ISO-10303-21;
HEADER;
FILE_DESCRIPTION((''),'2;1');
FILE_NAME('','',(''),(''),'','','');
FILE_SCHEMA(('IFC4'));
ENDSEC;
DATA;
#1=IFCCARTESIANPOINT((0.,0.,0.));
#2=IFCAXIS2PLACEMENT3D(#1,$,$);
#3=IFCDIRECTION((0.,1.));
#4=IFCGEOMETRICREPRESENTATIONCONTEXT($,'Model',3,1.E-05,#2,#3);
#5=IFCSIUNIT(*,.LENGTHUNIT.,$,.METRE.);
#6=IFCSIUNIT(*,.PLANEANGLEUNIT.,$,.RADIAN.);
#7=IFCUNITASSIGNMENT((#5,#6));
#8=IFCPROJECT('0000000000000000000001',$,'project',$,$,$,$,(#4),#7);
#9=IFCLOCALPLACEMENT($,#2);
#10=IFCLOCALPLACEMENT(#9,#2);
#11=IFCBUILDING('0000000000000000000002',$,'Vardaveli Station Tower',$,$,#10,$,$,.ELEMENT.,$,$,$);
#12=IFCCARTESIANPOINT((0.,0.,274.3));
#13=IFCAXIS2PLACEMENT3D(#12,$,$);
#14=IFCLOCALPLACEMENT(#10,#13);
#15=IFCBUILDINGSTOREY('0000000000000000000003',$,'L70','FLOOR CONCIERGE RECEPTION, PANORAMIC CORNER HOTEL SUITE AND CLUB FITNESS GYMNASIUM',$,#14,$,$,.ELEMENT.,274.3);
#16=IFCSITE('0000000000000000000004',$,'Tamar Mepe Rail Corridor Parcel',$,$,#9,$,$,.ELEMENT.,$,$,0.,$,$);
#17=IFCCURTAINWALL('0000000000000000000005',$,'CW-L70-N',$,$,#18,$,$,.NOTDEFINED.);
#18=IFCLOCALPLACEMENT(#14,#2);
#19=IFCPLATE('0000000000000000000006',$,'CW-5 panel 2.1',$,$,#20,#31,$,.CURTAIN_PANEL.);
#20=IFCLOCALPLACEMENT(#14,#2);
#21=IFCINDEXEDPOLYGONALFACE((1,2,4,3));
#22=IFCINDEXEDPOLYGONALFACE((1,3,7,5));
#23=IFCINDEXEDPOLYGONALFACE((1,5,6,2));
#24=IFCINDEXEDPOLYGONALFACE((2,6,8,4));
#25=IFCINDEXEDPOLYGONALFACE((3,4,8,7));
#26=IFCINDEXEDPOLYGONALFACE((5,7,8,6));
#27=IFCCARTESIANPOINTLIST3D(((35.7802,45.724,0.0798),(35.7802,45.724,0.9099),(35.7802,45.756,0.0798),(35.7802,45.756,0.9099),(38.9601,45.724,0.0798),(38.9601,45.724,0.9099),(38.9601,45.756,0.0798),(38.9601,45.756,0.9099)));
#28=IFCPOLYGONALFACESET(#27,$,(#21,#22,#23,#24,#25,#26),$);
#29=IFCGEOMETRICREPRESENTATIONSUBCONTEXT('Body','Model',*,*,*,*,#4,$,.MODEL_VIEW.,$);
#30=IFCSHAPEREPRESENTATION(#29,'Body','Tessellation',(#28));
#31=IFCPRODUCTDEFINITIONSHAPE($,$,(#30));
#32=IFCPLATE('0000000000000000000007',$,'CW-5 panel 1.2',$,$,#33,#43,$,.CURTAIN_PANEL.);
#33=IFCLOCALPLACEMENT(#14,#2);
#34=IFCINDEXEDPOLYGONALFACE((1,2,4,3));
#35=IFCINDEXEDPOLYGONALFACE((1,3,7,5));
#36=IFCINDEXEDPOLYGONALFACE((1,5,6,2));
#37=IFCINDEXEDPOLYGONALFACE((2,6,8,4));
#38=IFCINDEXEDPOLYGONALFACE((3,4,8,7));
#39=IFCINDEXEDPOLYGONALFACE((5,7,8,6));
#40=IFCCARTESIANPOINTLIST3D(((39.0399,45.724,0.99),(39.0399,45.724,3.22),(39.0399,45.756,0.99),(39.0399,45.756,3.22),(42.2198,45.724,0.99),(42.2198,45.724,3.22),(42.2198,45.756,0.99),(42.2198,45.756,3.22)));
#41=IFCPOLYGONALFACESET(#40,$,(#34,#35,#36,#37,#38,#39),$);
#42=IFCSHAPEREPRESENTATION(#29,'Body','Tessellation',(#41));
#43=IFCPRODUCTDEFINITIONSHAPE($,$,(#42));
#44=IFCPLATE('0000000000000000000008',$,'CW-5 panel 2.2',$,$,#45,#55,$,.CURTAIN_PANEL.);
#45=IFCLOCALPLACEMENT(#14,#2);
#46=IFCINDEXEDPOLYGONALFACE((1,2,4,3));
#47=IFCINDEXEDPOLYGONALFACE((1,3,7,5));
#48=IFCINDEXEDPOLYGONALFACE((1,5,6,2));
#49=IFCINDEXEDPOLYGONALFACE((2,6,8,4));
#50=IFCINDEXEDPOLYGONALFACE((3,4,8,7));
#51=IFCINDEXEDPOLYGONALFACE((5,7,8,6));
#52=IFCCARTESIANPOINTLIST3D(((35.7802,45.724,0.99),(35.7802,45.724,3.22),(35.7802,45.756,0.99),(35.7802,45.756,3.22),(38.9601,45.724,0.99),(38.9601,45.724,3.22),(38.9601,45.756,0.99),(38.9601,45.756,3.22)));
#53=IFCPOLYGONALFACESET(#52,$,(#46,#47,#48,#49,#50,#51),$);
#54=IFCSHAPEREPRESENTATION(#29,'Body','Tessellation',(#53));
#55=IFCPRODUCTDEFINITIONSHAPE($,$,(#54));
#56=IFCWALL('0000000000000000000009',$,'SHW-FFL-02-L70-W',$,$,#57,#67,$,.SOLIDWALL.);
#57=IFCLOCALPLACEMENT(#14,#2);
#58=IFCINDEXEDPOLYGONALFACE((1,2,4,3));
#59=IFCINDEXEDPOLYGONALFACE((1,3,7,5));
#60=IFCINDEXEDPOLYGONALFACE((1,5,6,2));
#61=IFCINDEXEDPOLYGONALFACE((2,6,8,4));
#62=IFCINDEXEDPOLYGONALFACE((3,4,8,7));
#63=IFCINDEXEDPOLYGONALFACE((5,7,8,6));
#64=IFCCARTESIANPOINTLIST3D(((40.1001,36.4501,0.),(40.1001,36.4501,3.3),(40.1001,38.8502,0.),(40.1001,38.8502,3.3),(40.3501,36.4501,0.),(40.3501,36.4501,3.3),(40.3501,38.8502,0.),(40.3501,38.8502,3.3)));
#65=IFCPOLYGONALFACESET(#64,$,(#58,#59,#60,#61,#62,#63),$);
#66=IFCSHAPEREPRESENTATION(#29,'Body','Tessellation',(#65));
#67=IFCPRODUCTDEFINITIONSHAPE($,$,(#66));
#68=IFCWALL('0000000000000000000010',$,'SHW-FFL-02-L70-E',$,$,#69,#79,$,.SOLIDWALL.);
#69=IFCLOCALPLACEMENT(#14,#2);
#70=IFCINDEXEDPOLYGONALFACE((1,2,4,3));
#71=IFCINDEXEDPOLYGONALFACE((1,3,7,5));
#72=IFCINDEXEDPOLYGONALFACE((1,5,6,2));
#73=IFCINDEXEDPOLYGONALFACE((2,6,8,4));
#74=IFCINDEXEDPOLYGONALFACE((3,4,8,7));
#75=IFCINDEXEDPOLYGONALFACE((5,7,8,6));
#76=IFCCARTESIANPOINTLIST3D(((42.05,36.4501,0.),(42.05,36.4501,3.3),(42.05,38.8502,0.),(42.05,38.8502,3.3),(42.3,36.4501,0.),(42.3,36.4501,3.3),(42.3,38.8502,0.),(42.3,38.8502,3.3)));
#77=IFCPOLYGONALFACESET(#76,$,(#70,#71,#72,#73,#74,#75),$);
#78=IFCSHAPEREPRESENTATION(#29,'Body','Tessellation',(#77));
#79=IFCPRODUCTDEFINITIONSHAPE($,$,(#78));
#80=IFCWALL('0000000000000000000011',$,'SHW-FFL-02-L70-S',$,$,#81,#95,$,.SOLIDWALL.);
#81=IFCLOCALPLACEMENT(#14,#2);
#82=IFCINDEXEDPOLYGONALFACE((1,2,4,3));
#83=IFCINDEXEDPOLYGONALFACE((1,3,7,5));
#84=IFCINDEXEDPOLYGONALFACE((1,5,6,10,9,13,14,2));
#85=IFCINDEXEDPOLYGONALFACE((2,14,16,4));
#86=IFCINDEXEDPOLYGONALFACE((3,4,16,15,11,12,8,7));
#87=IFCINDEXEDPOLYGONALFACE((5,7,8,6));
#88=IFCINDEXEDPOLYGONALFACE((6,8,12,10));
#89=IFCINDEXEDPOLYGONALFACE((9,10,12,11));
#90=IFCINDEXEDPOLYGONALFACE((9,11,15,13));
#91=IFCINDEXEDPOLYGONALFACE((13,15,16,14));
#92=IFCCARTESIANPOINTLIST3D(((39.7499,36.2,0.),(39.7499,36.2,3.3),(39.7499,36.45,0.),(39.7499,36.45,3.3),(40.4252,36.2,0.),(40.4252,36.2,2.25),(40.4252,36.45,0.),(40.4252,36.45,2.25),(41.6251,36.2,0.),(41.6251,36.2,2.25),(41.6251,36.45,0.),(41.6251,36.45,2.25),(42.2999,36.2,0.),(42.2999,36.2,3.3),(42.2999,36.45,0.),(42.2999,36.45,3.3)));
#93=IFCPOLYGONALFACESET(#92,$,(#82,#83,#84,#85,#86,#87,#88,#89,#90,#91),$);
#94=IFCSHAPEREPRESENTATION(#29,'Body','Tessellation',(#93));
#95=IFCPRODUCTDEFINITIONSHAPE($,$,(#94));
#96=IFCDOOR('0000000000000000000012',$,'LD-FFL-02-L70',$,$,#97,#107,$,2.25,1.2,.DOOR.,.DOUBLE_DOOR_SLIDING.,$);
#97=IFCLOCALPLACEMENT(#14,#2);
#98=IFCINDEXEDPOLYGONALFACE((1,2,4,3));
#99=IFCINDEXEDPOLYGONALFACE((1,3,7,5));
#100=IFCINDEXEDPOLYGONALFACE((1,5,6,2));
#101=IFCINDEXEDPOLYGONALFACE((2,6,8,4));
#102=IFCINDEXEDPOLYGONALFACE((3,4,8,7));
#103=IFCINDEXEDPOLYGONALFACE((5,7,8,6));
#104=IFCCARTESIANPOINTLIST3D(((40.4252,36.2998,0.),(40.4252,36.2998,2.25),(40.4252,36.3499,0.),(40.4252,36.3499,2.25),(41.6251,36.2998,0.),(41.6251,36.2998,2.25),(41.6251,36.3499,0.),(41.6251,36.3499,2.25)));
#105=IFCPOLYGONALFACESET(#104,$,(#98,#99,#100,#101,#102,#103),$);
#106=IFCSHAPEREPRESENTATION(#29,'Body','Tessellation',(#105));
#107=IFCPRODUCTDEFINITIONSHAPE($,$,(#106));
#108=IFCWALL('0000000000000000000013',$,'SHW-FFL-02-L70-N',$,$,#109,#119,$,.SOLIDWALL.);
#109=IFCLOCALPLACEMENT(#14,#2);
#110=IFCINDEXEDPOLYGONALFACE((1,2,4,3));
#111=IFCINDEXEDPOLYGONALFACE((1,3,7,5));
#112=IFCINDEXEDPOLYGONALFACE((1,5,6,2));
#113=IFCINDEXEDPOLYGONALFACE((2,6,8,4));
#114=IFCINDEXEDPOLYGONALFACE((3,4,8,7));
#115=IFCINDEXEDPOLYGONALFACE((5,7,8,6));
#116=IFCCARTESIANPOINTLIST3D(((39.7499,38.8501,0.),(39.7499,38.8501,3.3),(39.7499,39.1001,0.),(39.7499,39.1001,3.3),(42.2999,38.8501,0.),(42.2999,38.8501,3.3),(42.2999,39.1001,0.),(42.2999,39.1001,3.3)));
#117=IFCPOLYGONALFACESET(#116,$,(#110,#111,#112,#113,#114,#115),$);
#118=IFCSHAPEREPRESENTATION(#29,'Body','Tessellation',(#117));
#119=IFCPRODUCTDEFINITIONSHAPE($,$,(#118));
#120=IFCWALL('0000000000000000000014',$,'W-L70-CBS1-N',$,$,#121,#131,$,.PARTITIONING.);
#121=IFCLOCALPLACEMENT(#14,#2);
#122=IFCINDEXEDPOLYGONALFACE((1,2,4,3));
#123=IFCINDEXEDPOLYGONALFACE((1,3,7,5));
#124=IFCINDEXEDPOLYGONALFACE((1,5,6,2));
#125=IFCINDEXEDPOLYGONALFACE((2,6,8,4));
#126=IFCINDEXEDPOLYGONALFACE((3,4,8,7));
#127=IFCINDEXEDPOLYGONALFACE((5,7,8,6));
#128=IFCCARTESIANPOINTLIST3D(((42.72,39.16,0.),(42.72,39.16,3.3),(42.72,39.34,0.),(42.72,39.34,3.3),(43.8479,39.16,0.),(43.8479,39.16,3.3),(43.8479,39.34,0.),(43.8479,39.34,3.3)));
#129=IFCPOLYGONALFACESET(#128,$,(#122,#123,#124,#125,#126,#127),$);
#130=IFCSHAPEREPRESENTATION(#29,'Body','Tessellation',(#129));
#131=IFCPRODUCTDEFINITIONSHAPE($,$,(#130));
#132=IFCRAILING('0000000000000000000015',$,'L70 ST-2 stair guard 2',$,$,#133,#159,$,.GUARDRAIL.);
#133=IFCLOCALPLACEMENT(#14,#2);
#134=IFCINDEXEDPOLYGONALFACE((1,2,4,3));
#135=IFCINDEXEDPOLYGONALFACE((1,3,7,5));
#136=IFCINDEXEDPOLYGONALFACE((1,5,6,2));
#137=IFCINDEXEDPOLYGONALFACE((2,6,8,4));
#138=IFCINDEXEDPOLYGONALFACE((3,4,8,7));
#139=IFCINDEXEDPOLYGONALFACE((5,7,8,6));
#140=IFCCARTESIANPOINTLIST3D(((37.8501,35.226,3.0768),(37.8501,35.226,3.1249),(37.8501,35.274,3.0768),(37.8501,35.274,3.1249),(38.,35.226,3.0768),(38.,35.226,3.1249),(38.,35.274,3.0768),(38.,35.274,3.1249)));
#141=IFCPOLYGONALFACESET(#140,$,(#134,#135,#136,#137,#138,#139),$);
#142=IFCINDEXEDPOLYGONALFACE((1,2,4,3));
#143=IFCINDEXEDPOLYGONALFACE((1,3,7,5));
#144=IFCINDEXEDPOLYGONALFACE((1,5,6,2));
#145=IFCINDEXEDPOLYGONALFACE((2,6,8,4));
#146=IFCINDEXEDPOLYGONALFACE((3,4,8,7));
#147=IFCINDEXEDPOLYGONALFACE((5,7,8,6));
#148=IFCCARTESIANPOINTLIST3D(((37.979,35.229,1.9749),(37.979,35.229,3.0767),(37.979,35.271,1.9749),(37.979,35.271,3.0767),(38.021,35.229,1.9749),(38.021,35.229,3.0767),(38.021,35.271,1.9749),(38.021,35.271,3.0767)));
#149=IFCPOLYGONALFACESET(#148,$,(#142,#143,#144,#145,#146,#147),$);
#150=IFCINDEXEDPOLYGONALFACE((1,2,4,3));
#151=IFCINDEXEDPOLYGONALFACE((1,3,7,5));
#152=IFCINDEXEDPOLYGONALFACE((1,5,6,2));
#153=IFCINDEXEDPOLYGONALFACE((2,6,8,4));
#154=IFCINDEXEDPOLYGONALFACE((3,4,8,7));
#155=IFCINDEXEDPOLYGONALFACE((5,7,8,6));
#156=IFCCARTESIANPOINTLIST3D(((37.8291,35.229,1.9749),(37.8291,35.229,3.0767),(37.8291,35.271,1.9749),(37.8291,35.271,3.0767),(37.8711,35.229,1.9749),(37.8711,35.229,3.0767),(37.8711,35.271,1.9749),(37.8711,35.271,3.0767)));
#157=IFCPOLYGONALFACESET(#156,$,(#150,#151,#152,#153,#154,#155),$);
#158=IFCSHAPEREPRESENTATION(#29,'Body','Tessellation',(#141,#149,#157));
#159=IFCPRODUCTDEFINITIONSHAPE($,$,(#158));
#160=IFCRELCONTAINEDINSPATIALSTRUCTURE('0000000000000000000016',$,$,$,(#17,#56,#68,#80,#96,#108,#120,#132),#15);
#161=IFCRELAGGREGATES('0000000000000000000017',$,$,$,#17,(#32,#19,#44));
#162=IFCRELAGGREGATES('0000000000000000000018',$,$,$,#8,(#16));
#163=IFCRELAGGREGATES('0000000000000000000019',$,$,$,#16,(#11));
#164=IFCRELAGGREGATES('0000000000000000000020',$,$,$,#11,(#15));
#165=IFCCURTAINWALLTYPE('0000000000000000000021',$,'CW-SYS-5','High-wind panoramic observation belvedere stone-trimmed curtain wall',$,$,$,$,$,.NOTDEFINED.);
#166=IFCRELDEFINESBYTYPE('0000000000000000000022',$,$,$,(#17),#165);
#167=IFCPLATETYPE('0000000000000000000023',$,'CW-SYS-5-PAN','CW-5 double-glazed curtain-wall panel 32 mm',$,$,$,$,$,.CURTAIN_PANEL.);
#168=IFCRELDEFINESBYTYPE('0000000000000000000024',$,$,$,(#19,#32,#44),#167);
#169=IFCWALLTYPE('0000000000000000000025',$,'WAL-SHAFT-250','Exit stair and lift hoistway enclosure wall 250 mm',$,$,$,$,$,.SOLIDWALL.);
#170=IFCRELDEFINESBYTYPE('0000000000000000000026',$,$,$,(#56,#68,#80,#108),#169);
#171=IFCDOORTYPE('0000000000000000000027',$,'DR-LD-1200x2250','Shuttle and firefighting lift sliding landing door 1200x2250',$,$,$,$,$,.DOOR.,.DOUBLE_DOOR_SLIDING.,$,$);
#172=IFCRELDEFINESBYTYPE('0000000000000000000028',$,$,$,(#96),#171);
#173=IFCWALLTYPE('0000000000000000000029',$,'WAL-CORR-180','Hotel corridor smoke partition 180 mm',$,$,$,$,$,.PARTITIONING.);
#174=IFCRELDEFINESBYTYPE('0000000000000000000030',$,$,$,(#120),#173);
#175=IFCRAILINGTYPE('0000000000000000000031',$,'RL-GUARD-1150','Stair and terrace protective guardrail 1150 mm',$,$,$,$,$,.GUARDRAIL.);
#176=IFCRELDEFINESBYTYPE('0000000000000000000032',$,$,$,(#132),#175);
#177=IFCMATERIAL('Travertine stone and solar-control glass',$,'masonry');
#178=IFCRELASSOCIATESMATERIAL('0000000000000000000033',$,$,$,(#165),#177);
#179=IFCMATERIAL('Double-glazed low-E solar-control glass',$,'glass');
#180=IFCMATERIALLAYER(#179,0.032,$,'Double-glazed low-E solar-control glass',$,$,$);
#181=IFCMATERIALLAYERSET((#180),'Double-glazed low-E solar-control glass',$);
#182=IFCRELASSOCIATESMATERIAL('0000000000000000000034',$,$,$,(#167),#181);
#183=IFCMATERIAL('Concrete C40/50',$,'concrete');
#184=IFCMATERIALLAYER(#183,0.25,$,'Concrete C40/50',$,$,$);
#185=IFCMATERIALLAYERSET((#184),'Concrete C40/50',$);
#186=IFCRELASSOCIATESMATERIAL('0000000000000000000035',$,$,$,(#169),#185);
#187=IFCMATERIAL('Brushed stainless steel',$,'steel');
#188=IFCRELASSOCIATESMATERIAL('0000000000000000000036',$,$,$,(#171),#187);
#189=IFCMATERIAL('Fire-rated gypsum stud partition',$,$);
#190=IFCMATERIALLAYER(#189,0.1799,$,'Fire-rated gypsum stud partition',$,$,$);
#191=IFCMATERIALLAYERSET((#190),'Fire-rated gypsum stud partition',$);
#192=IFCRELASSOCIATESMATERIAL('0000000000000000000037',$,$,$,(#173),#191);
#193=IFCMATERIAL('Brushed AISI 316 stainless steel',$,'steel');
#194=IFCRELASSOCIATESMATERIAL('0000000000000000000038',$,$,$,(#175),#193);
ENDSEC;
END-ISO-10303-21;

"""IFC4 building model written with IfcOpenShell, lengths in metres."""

from ifc_helpers import new_model, si_unit, direction, frame, frame_2d, origin, origin_2d, place, context, subcontext, project, spatial, rectangle, extrude, source, transform, mapped, material, layer, layer_set, type_object, element, fill, aggregate, save


model = new_model("IFC4")

# Units and contexts
model_context = context("Model", 3, precision=1e-05, world=origin(), true_north=direction((0.0, 1.0)))
body_context = subcontext(model_context, "Body", "Model", "MODEL_VIEW")
ifc_project = project(units=[si_unit("LENGTHUNIT", "METRE"), si_unit("PLANEANGLEUNIT", "RADIAN")], contexts=[model_context])

# Site, building, storey
site_placement = place(None, origin())
site = spatial("IfcSite", under=ifc_project, at=site_placement, Name="Tamar Mepe Rail Corridor Parcel", CompositionType="ELEMENT", RefElevation=0.0)
building_placement = place(site_placement, origin())
building = spatial("IfcBuilding", under=site, at=building_placement, Name="Vardaveli Station Tower", CompositionType="ELEMENT")
storey_placement = place(building_placement, frame((0.0, 0.0, 274.3)))
storey = spatial("IfcBuildingStorey", under=building, at=storey_placement, Name="L70", Description="FLOOR CONCIERGE RECEPTION, PANORAMIC CORNER HOTEL SUITE AND CLUB FITNESS GYMNASIUM", CompositionType="ELEMENT", Elevation=274.3)

# Curtain wall, plates
ifc_material_1 = material(Name="Travertine stone and solar-control glass", Category="masonry")
curtain_wall_type = type_object("IfcCurtainWallType", Name="CW-SYS-5", Description="High-wind panoramic observation belvedere stone-trimmed curtain wall", PredefinedType="NOTDEFINED", material=ifc_material_1)
curtain_wall_placement = place(storey_placement, origin())
curtain_wall = element("IfcCurtainWall", 1, at=curtain_wall_placement, inside=storey, type_object=curtain_wall_type, Name="CW-L70-N", PredefinedType="NOTDEFINED")
ifc_material_2 = material(Name="Double-glazed low-E solar-control glass", Category="glass")
ifc_layer_1 = layer(ifc_material_2, 0.032, Name="Double-glazed low-E solar-control glass")
ifc_layer_set_1 = layer_set([ifc_layer_1], Name="Double-glazed low-E solar-control glass")
plate_type = type_object("IfcPlateType", Name="CW-SYS-5-PAN", Description="CW-5 double-glazed curtain-wall panel 32 mm", PredefinedType="CURTAIN_PANEL", material=ifc_layer_set_1)
shared_shape_1 = source(origin(), body_context, "Body", "SweptSolid", [
    extrude(rectangle(XDim=3.1799, YDim=0.032, at=origin_2d()), origin(), (0.0, 0.0, 1.0), 0.8301),
])
plate_1_placement = place(storey_placement, frame((37.3701, 45.74, 0.0798), z_axis=(0.0, 0.0, 1.0), x_axis=(-1.0, 0.0, 0.0)))
plate_1 = element("IfcPlate", 2, at=plate_1_placement, type_object=plate_type, Name="CW-5 panel 2.1", PredefinedType="CURTAIN_PANEL", context=body_context, shape_type="MappedRepresentation", body=[
    mapped(shared_shape_1, transform((0.0, 0.0, 0.0), scale=1.0)),
])
shared_shape_2 = source(origin(), body_context, "Body", "SweptSolid", [
    extrude(rectangle(XDim=3.1799, YDim=0.032, at=origin_2d()), origin(), (0.0, 0.0, 1.0), 2.23),
])
plate_2_placement = place(storey_placement, frame((40.6299, 45.74, 0.99), z_axis=(0.0, 0.0, 1.0), x_axis=(-1.0, 0.0, 0.0)))
plate_2 = element("IfcPlate", 3, at=plate_2_placement, type_object=plate_type, Name="CW-5 panel 1.2", PredefinedType="CURTAIN_PANEL", context=body_context, shape_type="MappedRepresentation", body=[
    mapped(shared_shape_2, transform((0.0, 0.0, 0.0), scale=1.0)),
])
plate_3_placement = place(storey_placement, frame((37.3701, 45.74, 0.99), z_axis=(0.0, 0.0, 1.0), x_axis=(-1.0, 0.0, 0.0)))
plate_3 = element("IfcPlate", 4, at=plate_3_placement, type_object=plate_type, Name="CW-5 panel 2.2", PredefinedType="CURTAIN_PANEL", context=body_context, shape_type="MappedRepresentation", body=[
    mapped(shared_shape_2, transform((0.0, 0.0, 0.0), scale=1.0)),
])
aggregate(curtain_wall, [plate_2, plate_1, plate_3])

# Walls
ifc_material_3 = material(Name="Concrete C40/50", Category="concrete")
ifc_layer_2 = layer(ifc_material_3, 0.25, Name="Concrete C40/50")
ifc_layer_set_2 = layer_set([ifc_layer_2], Name="Concrete C40/50")
wall_type_1 = type_object("IfcWallType", Name="WAL-SHAFT-250", Description="Exit stair and lift hoistway enclosure wall 250 mm", PredefinedType="SOLIDWALL", material=ifc_layer_set_2)
shared_shape_3 = source(origin(), body_context, "Body", "SweptSolid", [
    extrude(rectangle(XDim=2.4001, YDim=0.25, at=frame_2d((1.2002, 0.0))), origin(), (0.0, 0.0, 1.0), 3.3),
])
for number, where, z_axis, x_axis, name in (
    (5, (40.2251, 36.45, 0.0), (0.0, 0.0, 1.0), (0.0, 1.0, 0.0), "SHW-FFL-02-L70-W"),
    (6, (42.175, 36.45, 0.0), (0.0, 0.0, 1.0), (0.0, 1.0, 0.0), "SHW-FFL-02-L70-E"),
):
    element("IfcWall", number, at=place(storey_placement, frame(where, z_axis=z_axis, x_axis=x_axis)), inside=storey, type_object=wall_type_1, Name=name, PredefinedType="SOLIDWALL", context=body_context, shape_type="MappedRepresentation", body=[
        mapped(shared_shape_3, transform((0.0, 0.0, 0.0), scale=1.0)),
    ])

# Wall, opening, door
shared_shape_4 = source(origin(), body_context, "Body", "SweptSolid", [
    extrude(rectangle(XDim=2.55, YDim=0.25, at=frame_2d((1.2749, 0.0))), origin(), (0.0, 0.0, 1.0), 3.3),
])
wall_1_placement = place(storey_placement, frame((39.75, 36.325, 0.0), z_axis=(0.0, 0.0, 1.0), x_axis=(1.0, 0.0, 0.0)))
wall_1 = element("IfcWall", 7, at=wall_1_placement, inside=storey, type_object=wall_type_1, Name="SHW-FFL-02-L70-S", PredefinedType="SOLIDWALL", context=body_context, shape_type="MappedRepresentation", body=[
    mapped(shared_shape_4, transform((0.0, 0.0, 0.0), scale=1.0)),
])
shared_shape_5 = source(origin(), body_context, "Body", "SweptSolid", [
    extrude(rectangle(XDim=1.2, YDim=2.25, at=frame_2d((0.6001, 1.125))), frame((0.0, 0.135, 0.0), z_axis=(0.0, -1.0, 0.0), x_axis=(1.0, 0.0, 0.0)), (0.0, 0.0, 1.0), 0.27),
])
opening_placement = place(wall_1_placement, frame((0.675, 0.0, 0.0)))
opening = element("IfcOpeningElement", 8, at=opening_placement, cuts=wall_1, PredefinedType="OPENING", context=body_context, shape_type="MappedRepresentation", body=[
    mapped(shared_shape_5, transform((0.0, 0.0, 0.0), scale=1.0)),
])
ifc_material_4 = material(Name="Brushed stainless steel", Category="steel")
door_type = type_object("IfcDoorType", Name="DR-LD-1200x2250", Description="Shuttle and firefighting lift sliding landing door 1200x2250", OperationType="DOUBLE_DOOR_SLIDING", PredefinedType="DOOR", material=ifc_material_4)
shared_shape_6 = source(origin(), body_context, "Body", "SweptSolid", [
    extrude(rectangle(XDim=1.2, YDim=2.25, at=frame_2d((0.6001, 1.125))), frame((0.0, 0.0249, 0.0), z_axis=(0.0, -1.0, 0.0), x_axis=(1.0, 0.0, 0.0)), (0.0, 0.0, 1.0), 0.05),
])
door_placement = place(opening_placement, origin())
door = element("IfcDoor", 9, at=door_placement, inside=storey, type_object=door_type, Name="LD-FFL-02-L70", OperationType="DOUBLE_DOOR_SLIDING", OverallHeight=2.25, OverallWidth=1.2, PredefinedType="DOOR", context=body_context, shape_type="MappedRepresentation", body=[
    mapped(shared_shape_6, transform((0.0, 0.0, 0.0), scale=1.0)),
])
fill(opening, door)

# Walls
wall_2_placement = place(storey_placement, frame((39.75, 38.9751, 0.0), z_axis=(0.0, 0.0, 1.0), x_axis=(1.0, 0.0, 0.0)))
element("IfcWall", 10, at=wall_2_placement, inside=storey, type_object=wall_type_1, Name="SHW-FFL-02-L70-N", PredefinedType="SOLIDWALL", context=body_context, shape_type="MappedRepresentation", body=[
    mapped(shared_shape_4, transform((0.0, 0.0, 0.0), scale=1.0)),
])
ifc_material_5 = material(Name="Fire-rated gypsum stud partition")
ifc_layer_3 = layer(ifc_material_5, 0.1799, Name="Fire-rated gypsum stud partition")
ifc_layer_set_3 = layer_set([ifc_layer_3], Name="Fire-rated gypsum stud partition")
wall_type_2 = type_object("IfcWallType", Name="WAL-CORR-180", Description="Hotel corridor smoke partition 180 mm", PredefinedType="PARTITIONING", material=ifc_layer_set_3)
shared_shape_7 = source(origin(), body_context, "Body", "SweptSolid", [
    extrude(rectangle(XDim=1.1279, YDim=0.1799, at=frame_2d((0.564, 0.0))), origin(), (0.0, 0.0, 1.0), 3.3),
])
wall_3_placement = place(storey_placement, frame((42.72, 39.25, 0.0), z_axis=(0.0, 0.0, 1.0), x_axis=(1.0, 0.0, 0.0)))
element("IfcWall", 11, at=wall_3_placement, inside=storey, type_object=wall_type_2, Name="W-L70-CBS1-N", PredefinedType="PARTITIONING", context=body_context, shape_type="MappedRepresentation", body=[
    mapped(shared_shape_7, transform((0.0, 0.0, 0.0), scale=1.0)),
])

# Railing
ifc_material_6 = material(Name="Brushed AISI 316 stainless steel", Category="steel")
railing_type = type_object("IfcRailingType", Name="RL-GUARD-1150", Description="Stair and terrace protective guardrail 1150 mm", PredefinedType="GUARDRAIL", material=ifc_material_6)
shared_shape_8 = source(origin(), body_context, "Body", "SweptSolid", [
    extrude(rectangle(XDim=0.0481, YDim=0.0481, at=origin_2d()), frame((0.0, 0.0, 1.126), z_axis=(-1.0, 0.0, 0.0), x_axis=(0.0, -1.0, 0.0)), (0.0, 0.0, 1.0), 0.1499),
    extrude(rectangle(XDim=0.042, YDim=0.042, at=origin_2d()), origin(), (0.0, 0.0, 1.0), 1.1018),
    extrude(rectangle(XDim=0.042, YDim=0.042, at=origin_2d()), frame((-0.1499, 0.0, 0.0)), (0.0, 0.0, 1.0), 1.1018),
])
railing_placement = place(storey_placement, frame((38.0, 35.25, 1.9749)))
element("IfcRailing", 12, at=railing_placement, inside=storey, type_object=railing_type, Name="L70 ST-2 stair guard 2", PredefinedType="GUARDRAIL", context=body_context, shape_type="MappedRepresentation", body=[
    mapped(shared_shape_8, transform((0.0, 0.0, 0.0), scale=1.0)),
])

save(model, "model.ifc")
